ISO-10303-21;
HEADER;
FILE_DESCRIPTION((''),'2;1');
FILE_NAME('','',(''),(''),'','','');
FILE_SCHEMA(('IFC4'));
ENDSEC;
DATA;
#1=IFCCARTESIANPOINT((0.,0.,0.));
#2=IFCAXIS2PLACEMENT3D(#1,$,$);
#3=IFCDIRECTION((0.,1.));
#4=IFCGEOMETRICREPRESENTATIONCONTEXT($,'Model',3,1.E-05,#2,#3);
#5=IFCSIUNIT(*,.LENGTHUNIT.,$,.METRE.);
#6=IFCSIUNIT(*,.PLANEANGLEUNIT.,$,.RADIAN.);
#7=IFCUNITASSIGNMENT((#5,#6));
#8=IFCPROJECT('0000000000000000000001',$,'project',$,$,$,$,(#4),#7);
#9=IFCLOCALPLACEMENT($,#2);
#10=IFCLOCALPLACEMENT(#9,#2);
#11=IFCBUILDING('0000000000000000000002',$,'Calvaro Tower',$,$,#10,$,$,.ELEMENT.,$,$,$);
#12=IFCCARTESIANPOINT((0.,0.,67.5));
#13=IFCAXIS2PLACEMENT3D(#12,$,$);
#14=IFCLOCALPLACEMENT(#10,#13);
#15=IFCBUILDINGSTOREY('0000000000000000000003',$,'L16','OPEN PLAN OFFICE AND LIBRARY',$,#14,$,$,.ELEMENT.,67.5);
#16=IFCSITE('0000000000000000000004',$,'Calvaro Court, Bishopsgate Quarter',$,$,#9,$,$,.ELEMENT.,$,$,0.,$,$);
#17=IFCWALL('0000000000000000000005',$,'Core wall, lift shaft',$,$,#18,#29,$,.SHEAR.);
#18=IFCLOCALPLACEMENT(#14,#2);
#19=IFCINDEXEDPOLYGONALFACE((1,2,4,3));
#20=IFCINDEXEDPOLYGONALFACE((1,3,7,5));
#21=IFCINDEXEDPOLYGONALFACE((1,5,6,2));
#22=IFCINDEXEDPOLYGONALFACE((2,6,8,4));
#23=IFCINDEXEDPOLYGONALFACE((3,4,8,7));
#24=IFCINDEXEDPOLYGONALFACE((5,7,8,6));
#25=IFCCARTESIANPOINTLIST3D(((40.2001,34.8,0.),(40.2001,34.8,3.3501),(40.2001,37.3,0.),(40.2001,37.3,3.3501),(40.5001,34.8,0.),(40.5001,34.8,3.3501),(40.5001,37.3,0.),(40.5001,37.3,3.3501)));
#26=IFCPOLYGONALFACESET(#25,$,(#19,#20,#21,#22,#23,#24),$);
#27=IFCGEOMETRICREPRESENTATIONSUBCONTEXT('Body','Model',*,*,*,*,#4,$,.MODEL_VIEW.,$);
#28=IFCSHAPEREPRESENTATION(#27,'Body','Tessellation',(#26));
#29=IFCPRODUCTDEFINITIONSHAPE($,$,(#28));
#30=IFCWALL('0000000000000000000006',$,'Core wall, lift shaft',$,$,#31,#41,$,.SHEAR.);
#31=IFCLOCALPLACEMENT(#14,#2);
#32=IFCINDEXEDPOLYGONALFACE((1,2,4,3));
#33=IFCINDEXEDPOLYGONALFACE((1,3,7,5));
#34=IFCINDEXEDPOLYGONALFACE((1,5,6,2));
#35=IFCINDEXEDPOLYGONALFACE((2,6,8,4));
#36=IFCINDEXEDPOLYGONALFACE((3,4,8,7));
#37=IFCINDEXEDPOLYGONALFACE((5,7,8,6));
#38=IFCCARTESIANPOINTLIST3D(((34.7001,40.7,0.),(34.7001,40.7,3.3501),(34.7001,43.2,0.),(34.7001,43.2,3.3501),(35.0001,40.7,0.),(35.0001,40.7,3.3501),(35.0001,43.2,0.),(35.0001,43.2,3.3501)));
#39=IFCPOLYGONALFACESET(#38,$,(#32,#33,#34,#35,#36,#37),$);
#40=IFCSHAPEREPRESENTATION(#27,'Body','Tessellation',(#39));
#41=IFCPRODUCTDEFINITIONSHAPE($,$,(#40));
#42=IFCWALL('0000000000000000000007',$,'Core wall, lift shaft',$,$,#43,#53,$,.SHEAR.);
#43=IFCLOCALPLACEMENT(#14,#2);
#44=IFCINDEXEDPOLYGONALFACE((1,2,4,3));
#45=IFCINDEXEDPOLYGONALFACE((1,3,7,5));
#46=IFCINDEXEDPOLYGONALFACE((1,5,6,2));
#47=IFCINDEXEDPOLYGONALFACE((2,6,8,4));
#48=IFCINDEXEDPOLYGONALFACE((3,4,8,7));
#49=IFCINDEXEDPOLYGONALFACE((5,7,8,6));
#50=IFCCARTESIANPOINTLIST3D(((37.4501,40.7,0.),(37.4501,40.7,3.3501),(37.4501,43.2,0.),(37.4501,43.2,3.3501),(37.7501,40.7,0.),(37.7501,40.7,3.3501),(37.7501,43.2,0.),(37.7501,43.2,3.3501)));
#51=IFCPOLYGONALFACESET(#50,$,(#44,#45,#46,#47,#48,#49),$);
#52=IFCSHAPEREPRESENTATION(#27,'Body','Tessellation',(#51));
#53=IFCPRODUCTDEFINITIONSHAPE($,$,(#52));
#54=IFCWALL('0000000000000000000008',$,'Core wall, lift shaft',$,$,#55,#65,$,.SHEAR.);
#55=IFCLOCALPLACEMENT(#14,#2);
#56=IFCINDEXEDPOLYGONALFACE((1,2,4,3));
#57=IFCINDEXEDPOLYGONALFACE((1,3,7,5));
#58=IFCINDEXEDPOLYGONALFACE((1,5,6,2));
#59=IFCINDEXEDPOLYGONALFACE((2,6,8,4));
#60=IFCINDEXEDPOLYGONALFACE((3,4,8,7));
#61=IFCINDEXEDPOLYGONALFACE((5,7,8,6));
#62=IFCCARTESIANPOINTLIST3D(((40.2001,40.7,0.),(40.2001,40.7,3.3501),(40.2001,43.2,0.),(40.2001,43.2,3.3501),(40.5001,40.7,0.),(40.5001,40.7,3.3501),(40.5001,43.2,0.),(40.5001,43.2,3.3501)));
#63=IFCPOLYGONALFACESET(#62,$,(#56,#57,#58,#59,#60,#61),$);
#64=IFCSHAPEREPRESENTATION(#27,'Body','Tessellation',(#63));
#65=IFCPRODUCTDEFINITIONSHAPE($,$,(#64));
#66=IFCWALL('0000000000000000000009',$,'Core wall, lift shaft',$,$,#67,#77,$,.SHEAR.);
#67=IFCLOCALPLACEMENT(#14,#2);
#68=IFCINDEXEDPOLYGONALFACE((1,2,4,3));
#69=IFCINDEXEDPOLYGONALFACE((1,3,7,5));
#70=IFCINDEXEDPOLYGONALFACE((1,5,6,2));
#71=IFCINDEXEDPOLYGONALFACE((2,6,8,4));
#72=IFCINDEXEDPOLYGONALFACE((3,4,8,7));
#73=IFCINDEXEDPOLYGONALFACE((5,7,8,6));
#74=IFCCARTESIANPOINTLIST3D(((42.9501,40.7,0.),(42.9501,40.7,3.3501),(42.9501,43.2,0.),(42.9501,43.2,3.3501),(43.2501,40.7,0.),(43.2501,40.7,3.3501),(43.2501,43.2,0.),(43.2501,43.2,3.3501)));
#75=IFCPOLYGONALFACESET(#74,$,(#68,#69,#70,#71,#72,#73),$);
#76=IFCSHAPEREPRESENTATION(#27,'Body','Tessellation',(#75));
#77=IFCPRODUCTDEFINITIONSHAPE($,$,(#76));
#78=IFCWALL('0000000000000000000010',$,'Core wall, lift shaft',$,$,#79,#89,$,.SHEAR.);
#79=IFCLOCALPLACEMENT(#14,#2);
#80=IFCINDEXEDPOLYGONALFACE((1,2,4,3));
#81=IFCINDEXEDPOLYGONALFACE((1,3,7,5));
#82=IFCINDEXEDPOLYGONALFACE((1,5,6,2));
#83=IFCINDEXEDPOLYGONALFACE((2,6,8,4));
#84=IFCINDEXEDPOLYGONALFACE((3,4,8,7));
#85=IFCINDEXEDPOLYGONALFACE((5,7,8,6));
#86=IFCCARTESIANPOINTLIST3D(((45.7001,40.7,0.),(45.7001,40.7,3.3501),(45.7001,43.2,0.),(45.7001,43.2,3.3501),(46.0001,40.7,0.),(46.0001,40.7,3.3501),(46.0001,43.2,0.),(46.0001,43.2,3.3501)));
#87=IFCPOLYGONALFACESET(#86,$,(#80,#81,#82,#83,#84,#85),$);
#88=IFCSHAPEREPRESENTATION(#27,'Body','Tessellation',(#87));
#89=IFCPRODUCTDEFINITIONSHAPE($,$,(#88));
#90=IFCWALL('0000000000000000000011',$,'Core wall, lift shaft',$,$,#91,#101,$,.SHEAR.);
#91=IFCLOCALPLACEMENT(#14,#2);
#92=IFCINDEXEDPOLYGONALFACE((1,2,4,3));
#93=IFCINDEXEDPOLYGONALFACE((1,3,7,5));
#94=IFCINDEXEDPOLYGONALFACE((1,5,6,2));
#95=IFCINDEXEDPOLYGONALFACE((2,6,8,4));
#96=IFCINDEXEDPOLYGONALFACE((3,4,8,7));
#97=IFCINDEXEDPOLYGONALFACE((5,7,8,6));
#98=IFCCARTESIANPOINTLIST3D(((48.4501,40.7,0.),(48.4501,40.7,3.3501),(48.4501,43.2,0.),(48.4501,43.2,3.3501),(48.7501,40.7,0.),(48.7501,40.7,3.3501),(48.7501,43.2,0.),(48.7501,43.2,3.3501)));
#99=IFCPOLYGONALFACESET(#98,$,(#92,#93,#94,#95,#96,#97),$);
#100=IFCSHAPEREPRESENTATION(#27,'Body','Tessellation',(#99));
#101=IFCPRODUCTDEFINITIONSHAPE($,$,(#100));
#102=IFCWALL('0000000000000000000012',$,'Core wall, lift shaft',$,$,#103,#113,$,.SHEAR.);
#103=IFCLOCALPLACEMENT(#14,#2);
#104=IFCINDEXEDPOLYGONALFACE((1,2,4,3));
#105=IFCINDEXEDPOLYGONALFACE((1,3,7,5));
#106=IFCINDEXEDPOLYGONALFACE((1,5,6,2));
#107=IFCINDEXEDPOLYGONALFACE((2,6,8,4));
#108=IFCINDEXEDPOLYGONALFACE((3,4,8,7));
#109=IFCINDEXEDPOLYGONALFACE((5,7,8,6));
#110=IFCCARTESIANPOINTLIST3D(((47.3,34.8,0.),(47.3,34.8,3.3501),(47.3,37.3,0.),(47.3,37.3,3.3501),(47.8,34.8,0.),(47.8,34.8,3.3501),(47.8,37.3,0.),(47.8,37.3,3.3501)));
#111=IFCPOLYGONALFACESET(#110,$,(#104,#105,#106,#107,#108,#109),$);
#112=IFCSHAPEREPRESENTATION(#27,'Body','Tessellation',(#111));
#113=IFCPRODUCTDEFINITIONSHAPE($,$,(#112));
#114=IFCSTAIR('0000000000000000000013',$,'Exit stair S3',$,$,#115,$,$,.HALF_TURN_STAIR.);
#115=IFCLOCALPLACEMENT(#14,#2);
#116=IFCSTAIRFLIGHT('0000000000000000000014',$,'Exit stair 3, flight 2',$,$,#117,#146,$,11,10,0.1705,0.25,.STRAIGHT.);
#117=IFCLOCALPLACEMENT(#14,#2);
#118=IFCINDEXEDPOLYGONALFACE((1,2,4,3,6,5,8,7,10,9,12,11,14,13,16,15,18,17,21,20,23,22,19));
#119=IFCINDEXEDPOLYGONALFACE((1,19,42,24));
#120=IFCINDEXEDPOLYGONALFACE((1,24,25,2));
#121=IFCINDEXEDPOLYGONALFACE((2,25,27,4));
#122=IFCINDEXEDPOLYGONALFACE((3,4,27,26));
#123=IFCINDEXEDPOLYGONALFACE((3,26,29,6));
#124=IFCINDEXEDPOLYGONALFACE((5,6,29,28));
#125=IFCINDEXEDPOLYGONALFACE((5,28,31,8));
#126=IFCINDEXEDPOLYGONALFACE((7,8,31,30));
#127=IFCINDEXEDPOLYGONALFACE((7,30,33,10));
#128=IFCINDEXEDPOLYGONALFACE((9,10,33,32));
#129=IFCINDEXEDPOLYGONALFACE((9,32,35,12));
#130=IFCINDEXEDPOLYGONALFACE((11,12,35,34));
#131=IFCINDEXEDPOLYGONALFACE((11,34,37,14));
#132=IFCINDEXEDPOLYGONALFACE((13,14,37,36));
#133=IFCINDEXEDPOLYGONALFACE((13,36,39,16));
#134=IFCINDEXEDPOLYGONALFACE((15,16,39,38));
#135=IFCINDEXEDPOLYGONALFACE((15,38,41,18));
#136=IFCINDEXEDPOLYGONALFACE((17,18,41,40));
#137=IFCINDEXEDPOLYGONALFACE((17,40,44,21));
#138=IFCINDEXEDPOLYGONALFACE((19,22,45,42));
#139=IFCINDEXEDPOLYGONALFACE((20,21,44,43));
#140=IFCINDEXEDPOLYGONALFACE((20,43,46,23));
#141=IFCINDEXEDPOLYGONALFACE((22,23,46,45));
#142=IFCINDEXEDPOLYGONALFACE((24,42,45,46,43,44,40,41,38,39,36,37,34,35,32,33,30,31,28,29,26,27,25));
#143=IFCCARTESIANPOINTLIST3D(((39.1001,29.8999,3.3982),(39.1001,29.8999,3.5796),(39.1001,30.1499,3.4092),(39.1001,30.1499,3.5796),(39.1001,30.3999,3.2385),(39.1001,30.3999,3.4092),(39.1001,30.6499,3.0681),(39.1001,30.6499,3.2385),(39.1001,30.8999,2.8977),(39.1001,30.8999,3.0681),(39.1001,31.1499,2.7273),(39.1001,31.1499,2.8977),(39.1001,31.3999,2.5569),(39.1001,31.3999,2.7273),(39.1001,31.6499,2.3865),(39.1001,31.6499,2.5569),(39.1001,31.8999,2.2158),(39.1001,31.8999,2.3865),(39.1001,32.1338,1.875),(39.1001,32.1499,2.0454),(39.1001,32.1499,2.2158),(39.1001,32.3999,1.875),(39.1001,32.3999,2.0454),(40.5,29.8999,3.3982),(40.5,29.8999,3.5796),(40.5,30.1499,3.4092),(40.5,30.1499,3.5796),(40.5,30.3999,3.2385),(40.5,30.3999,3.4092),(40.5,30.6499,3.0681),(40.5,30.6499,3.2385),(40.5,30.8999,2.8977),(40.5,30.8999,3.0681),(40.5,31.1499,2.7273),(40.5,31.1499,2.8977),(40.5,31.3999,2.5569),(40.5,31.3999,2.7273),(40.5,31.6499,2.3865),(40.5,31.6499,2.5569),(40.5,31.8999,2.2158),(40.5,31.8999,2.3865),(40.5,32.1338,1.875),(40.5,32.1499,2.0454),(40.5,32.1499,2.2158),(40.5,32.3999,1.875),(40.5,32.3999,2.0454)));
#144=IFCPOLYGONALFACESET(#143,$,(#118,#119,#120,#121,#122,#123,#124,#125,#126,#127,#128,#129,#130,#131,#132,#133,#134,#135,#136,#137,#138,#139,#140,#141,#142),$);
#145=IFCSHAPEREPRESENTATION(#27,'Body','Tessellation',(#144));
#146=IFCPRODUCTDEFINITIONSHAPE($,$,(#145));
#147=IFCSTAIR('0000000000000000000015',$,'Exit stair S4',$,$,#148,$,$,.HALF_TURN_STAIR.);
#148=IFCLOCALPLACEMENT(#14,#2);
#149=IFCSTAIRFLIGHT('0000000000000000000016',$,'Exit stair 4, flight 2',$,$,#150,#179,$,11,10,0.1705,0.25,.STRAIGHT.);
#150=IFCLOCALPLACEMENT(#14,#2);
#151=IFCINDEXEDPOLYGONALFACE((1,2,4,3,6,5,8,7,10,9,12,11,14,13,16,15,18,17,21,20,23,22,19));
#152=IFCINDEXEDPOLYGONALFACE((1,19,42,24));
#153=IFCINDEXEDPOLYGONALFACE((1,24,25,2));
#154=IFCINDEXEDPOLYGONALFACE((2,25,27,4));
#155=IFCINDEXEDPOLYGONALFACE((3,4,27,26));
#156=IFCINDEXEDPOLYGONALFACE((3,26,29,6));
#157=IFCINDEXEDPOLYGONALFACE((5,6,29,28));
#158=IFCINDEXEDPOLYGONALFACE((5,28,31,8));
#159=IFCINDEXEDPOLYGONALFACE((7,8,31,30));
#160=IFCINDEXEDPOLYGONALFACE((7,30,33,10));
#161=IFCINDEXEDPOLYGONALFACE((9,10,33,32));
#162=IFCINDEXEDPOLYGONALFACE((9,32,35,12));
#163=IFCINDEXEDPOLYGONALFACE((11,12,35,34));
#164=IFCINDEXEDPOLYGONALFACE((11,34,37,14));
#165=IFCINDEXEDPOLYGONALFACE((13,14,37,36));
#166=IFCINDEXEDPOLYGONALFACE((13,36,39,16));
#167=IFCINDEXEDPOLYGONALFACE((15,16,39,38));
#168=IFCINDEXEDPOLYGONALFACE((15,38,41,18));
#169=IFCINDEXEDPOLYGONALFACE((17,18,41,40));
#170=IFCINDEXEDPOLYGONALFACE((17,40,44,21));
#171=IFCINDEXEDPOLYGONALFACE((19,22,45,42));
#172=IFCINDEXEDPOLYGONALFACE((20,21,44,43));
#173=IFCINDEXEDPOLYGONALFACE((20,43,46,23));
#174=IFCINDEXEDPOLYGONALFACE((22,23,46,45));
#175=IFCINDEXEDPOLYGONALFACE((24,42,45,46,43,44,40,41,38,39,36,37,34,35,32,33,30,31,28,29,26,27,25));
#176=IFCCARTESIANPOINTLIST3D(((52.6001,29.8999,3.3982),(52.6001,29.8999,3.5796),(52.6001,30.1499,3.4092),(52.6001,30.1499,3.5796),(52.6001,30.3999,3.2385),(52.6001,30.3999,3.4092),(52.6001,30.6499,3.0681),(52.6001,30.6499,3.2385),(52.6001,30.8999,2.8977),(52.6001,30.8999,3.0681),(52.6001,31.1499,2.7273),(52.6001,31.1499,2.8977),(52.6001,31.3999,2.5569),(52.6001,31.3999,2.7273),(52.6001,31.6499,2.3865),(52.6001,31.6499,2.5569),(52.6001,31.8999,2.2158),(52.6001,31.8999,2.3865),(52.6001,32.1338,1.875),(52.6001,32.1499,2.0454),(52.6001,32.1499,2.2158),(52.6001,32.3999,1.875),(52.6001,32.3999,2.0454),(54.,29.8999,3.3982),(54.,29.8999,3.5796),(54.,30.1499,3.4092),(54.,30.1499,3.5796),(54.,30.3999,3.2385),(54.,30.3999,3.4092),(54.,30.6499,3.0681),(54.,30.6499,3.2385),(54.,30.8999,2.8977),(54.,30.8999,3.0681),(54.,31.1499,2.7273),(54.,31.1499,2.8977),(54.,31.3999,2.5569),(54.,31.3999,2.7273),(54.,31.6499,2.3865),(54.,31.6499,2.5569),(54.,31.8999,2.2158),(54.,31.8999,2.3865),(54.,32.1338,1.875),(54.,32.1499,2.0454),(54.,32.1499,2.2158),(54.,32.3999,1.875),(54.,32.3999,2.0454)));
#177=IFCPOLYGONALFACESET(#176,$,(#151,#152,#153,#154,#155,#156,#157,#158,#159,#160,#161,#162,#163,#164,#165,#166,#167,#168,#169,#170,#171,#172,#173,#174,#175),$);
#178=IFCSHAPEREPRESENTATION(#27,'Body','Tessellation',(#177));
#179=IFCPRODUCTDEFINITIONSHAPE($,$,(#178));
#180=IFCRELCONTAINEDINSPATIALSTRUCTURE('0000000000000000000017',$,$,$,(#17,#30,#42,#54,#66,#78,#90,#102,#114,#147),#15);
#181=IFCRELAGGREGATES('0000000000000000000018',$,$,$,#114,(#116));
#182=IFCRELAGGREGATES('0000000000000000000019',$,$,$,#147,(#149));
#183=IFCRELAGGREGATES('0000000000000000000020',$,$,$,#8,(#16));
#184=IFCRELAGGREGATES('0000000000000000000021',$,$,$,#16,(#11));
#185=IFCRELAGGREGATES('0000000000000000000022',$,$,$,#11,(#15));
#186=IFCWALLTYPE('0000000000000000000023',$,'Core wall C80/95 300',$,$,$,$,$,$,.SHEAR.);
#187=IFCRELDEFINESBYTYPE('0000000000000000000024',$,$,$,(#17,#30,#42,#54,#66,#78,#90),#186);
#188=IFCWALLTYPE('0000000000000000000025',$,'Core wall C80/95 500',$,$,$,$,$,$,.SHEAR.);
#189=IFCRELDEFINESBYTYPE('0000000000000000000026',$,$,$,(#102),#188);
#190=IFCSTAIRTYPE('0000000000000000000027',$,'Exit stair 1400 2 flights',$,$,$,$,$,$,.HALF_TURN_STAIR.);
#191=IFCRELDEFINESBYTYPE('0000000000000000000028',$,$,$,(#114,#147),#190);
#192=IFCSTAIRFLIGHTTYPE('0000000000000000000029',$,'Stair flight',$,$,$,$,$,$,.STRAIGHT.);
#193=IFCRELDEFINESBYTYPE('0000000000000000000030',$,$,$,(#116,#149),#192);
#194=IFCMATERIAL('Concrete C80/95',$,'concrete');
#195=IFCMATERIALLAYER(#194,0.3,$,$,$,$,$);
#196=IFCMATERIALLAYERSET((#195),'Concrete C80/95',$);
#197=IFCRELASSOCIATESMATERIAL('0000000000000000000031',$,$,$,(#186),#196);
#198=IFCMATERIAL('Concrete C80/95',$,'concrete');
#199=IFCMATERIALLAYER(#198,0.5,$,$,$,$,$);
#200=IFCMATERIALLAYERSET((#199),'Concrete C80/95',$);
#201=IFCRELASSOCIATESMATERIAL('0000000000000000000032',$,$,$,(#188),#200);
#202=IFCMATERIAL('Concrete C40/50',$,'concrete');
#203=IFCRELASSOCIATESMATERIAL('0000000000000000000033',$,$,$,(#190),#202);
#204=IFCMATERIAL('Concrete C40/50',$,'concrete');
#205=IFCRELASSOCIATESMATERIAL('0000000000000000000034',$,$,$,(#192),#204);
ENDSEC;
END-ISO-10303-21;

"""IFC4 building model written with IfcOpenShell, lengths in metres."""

from ifc_helpers import new_model, si_unit, direction, frame, frame_2d, origin, place, context, subcontext, project, spatial, polyline, rectangle, outline, extrude, material, layer, layer_set, type_object, element, aggregate, save


model = new_model("IFC4")

# Units and contexts
model_context = context("Model", 3, precision=1e-05, world=origin(), true_north=direction((0.0, 1.0)))
body_context = subcontext(model_context, "Body", "Model", "MODEL_VIEW")
ifc_project = project(units=[si_unit("LENGTHUNIT", "METRE"), si_unit("PLANEANGLEUNIT", "RADIAN")], contexts=[model_context])

# Site, building, storey
site_placement = place(None, origin())
site = spatial("IfcSite", under=ifc_project, at=site_placement, Name="Calvaro Court, Bishopsgate Quarter", CompositionType="ELEMENT", RefElevation=0.0)
building_placement = place(site_placement, origin())
building = spatial("IfcBuilding", under=site, at=building_placement, Name="Calvaro Tower", CompositionType="ELEMENT")
storey_placement = place(building_placement, frame((0.0, 0.0, 67.5)))
storey = spatial("IfcBuildingStorey", under=building, at=storey_placement, Name="L16", Description="OPEN PLAN OFFICE AND LIBRARY", CompositionType="ELEMENT", Elevation=67.5)

# Shared definitions
ifc_material_1 = material(Name="Concrete C80/95", Category="concrete")
ifc_layer_1 = layer(ifc_material_1, 0.3)
ifc_layer_set_1 = layer_set([ifc_layer_1], Name="Concrete C80/95")
wall_type_1 = type_object("IfcWallType", Name="Core wall C80/95 300", PredefinedType="SHEAR", material=ifc_layer_set_1)

# Walls
for number, where, z_axis, x_axis, name in (
    (1, (40.3501, 34.8, 0.0), (0.0, 0.0, 1.0), (0.0, 1.0, 0.0), "Core wall, lift shaft"),
    (2, (34.8501, 40.7, 0.0), (0.0, 0.0, 1.0), (0.0, 1.0, 0.0), "Core wall, lift shaft"),
    (3, (37.6001, 40.7, 0.0), (0.0, 0.0, 1.0), (0.0, 1.0, 0.0), "Core wall, lift shaft"),
    (4, (40.3501, 40.7, 0.0), (0.0, 0.0, 1.0), (0.0, 1.0, 0.0), "Core wall, lift shaft"),
    (5, (43.1001, 40.7, 0.0), (0.0, 0.0, 1.0), (0.0, 1.0, 0.0), "Core wall, lift shaft"),
    (6, (45.8501, 40.7, 0.0), (0.0, 0.0, 1.0), (0.0, 1.0, 0.0), "Core wall, lift shaft"),
    (7, (48.6001, 40.7, 0.0), (0.0, 0.0, 1.0), (0.0, 1.0, 0.0), "Core wall, lift shaft"),
):
    element("IfcWall", number, at=place(storey_placement, frame(where, z_axis=z_axis, x_axis=x_axis)), inside=storey, type_object=wall_type_1, Name=name, PredefinedType="SHEAR", context=body_context, shape_type="SweptSolid", body=[
        extrude(rectangle(XDim=2.5, YDim=0.3, at=frame_2d((1.25, 0.0))), origin(), (0.0, 0.0, 1.0), 3.3501),
    ])
ifc_material_2 = material(Name="Concrete C80/95", Category="concrete")
ifc_layer_2 = layer(ifc_material_2, 0.5)
ifc_layer_set_2 = layer_set([ifc_layer_2], Name="Concrete C80/95")
wall_type_2 = type_object("IfcWallType", Name="Core wall C80/95 500", PredefinedType="SHEAR", material=ifc_layer_set_2)
wall_1_placement = place(storey_placement, frame((47.55, 34.8, 0.0), z_axis=(0.0, 0.0, 1.0), x_axis=(0.0, 1.0, 0.0)))
element("IfcWall", 8, at=wall_1_placement, inside=storey, type_object=wall_type_2, Name="Core wall, lift shaft", PredefinedType="SHEAR", context=body_context, shape_type="SweptSolid", body=[
    extrude(rectangle(XDim=2.5, YDim=0.5, at=frame_2d((1.25, 0.0))), origin(), (0.0, 0.0, 1.0), 3.3501),
])

# Stairs, stair flights
ifc_material_3 = material(Name="Concrete C40/50", Category="concrete")
stair_type = type_object("IfcStairType", Name="Exit stair 1400 2 flights", PredefinedType="HALF_TURN_STAIR", material=ifc_material_3)
stair_1_placement = place(storey_placement, origin())
stair_1 = element("IfcStair", 9, at=stair_1_placement, inside=storey, type_object=stair_type, Name="Exit stair S3", PredefinedType="HALF_TURN_STAIR")
ifc_material_4 = material(Name="Concrete C40/50", Category="concrete")
stair_flight_type = type_object("IfcStairFlightType", Name="Stair flight", PredefinedType="STRAIGHT", material=ifc_material_4)
stair_flight_1_placement = place(storey_placement, frame((39.8, 32.3999, 1.875), z_axis=(0.0, 0.0, 1.0), x_axis=(0.0, -1.0, 0.0)))
stair_flight_1 = element("IfcStairFlight", 10, at=stair_flight_1_placement, type_object=stair_flight_type, Name="Exit stair 3, flight 2", NumberOfRisers=11, NumberOfTreads=10, PredefinedType="STRAIGHT", RiserHeight=0.1705, TreadLength=0.25, context=body_context, shape_type="SweptSolid", body=[
    extrude(outline(polyline([(0.0, 0.0), (0.0, 0.1704), (0.25, 0.1704), (0.25, 0.3408), (0.5, 0.3408), (0.5, 0.5115), (0.75, 0.5115), (0.75, 0.6819), (1.0, 0.6819), (1.0, 0.8523), (1.25, 0.8523), (1.25, 1.0227), (1.5, 1.0227), (1.5, 1.1931), (1.75, 1.1931), (1.75, 1.3635), (2.0, 1.3635), (2.0, 1.5342), (2.25, 1.5342), (2.25, 1.7046), (2.5, 1.7046), (2.5, 1.875), (2.5, 1.5232), (0.2661, 0.0), (0.0, 0.0)])), frame((0.0, 0.7, 0.0), z_axis=(0.0, -1.0, 0.0), x_axis=(1.0, 0.0, 0.0)), (0.0, 0.0, 1.0), 1.3999),
])
stair_2_placement = place(storey_placement, origin())
stair_2 = element("IfcStair", 11, at=stair_2_placement, inside=storey, type_object=stair_type, Name="Exit stair S4", PredefinedType="HALF_TURN_STAIR")
stair_flight_2_placement = place(storey_placement, frame((53.3, 32.3999, 1.875), z_axis=(0.0, 0.0, 1.0), x_axis=(0.0, -1.0, 0.0)))
stair_flight_2 = element("IfcStairFlight", 12, at=stair_flight_2_placement, type_object=stair_flight_type, Name="Exit stair 4, flight 2", NumberOfRisers=11, NumberOfTreads=10, PredefinedType="STRAIGHT", RiserHeight=0.1705, TreadLength=0.25, context=body_context, shape_type="SweptSolid", body=[
    extrude(outline(polyline([(0.0, 0.0), (0.0, 0.1704), (0.25, 0.1704), (0.25, 0.3408), (0.5, 0.3408), (0.5, 0.5115), (0.75, 0.5115), (0.75, 0.6819), (1.0, 0.6819), (1.0, 0.8523), (1.25, 0.8523), (1.25, 1.0227), (1.5, 1.0227), (1.5, 1.1931), (1.75, 1.1931), (1.75, 1.3635), (2.0, 1.3635), (2.0, 1.5342), (2.25, 1.5342), (2.25, 1.7046), (2.5, 1.7046), (2.5, 1.875), (2.5, 1.5232), (0.2661, 0.0), (0.0, 0.0)])), frame((0.0, 0.7, 0.0), z_axis=(0.0, -1.0, 0.0), x_axis=(1.0, 0.0, 0.0)), (0.0, 0.0, 1.0), 1.3999),
])

aggregate(stair_1, [stair_flight_1])
aggregate(stair_2, [stair_flight_2])

save(model, "model.ifc")
